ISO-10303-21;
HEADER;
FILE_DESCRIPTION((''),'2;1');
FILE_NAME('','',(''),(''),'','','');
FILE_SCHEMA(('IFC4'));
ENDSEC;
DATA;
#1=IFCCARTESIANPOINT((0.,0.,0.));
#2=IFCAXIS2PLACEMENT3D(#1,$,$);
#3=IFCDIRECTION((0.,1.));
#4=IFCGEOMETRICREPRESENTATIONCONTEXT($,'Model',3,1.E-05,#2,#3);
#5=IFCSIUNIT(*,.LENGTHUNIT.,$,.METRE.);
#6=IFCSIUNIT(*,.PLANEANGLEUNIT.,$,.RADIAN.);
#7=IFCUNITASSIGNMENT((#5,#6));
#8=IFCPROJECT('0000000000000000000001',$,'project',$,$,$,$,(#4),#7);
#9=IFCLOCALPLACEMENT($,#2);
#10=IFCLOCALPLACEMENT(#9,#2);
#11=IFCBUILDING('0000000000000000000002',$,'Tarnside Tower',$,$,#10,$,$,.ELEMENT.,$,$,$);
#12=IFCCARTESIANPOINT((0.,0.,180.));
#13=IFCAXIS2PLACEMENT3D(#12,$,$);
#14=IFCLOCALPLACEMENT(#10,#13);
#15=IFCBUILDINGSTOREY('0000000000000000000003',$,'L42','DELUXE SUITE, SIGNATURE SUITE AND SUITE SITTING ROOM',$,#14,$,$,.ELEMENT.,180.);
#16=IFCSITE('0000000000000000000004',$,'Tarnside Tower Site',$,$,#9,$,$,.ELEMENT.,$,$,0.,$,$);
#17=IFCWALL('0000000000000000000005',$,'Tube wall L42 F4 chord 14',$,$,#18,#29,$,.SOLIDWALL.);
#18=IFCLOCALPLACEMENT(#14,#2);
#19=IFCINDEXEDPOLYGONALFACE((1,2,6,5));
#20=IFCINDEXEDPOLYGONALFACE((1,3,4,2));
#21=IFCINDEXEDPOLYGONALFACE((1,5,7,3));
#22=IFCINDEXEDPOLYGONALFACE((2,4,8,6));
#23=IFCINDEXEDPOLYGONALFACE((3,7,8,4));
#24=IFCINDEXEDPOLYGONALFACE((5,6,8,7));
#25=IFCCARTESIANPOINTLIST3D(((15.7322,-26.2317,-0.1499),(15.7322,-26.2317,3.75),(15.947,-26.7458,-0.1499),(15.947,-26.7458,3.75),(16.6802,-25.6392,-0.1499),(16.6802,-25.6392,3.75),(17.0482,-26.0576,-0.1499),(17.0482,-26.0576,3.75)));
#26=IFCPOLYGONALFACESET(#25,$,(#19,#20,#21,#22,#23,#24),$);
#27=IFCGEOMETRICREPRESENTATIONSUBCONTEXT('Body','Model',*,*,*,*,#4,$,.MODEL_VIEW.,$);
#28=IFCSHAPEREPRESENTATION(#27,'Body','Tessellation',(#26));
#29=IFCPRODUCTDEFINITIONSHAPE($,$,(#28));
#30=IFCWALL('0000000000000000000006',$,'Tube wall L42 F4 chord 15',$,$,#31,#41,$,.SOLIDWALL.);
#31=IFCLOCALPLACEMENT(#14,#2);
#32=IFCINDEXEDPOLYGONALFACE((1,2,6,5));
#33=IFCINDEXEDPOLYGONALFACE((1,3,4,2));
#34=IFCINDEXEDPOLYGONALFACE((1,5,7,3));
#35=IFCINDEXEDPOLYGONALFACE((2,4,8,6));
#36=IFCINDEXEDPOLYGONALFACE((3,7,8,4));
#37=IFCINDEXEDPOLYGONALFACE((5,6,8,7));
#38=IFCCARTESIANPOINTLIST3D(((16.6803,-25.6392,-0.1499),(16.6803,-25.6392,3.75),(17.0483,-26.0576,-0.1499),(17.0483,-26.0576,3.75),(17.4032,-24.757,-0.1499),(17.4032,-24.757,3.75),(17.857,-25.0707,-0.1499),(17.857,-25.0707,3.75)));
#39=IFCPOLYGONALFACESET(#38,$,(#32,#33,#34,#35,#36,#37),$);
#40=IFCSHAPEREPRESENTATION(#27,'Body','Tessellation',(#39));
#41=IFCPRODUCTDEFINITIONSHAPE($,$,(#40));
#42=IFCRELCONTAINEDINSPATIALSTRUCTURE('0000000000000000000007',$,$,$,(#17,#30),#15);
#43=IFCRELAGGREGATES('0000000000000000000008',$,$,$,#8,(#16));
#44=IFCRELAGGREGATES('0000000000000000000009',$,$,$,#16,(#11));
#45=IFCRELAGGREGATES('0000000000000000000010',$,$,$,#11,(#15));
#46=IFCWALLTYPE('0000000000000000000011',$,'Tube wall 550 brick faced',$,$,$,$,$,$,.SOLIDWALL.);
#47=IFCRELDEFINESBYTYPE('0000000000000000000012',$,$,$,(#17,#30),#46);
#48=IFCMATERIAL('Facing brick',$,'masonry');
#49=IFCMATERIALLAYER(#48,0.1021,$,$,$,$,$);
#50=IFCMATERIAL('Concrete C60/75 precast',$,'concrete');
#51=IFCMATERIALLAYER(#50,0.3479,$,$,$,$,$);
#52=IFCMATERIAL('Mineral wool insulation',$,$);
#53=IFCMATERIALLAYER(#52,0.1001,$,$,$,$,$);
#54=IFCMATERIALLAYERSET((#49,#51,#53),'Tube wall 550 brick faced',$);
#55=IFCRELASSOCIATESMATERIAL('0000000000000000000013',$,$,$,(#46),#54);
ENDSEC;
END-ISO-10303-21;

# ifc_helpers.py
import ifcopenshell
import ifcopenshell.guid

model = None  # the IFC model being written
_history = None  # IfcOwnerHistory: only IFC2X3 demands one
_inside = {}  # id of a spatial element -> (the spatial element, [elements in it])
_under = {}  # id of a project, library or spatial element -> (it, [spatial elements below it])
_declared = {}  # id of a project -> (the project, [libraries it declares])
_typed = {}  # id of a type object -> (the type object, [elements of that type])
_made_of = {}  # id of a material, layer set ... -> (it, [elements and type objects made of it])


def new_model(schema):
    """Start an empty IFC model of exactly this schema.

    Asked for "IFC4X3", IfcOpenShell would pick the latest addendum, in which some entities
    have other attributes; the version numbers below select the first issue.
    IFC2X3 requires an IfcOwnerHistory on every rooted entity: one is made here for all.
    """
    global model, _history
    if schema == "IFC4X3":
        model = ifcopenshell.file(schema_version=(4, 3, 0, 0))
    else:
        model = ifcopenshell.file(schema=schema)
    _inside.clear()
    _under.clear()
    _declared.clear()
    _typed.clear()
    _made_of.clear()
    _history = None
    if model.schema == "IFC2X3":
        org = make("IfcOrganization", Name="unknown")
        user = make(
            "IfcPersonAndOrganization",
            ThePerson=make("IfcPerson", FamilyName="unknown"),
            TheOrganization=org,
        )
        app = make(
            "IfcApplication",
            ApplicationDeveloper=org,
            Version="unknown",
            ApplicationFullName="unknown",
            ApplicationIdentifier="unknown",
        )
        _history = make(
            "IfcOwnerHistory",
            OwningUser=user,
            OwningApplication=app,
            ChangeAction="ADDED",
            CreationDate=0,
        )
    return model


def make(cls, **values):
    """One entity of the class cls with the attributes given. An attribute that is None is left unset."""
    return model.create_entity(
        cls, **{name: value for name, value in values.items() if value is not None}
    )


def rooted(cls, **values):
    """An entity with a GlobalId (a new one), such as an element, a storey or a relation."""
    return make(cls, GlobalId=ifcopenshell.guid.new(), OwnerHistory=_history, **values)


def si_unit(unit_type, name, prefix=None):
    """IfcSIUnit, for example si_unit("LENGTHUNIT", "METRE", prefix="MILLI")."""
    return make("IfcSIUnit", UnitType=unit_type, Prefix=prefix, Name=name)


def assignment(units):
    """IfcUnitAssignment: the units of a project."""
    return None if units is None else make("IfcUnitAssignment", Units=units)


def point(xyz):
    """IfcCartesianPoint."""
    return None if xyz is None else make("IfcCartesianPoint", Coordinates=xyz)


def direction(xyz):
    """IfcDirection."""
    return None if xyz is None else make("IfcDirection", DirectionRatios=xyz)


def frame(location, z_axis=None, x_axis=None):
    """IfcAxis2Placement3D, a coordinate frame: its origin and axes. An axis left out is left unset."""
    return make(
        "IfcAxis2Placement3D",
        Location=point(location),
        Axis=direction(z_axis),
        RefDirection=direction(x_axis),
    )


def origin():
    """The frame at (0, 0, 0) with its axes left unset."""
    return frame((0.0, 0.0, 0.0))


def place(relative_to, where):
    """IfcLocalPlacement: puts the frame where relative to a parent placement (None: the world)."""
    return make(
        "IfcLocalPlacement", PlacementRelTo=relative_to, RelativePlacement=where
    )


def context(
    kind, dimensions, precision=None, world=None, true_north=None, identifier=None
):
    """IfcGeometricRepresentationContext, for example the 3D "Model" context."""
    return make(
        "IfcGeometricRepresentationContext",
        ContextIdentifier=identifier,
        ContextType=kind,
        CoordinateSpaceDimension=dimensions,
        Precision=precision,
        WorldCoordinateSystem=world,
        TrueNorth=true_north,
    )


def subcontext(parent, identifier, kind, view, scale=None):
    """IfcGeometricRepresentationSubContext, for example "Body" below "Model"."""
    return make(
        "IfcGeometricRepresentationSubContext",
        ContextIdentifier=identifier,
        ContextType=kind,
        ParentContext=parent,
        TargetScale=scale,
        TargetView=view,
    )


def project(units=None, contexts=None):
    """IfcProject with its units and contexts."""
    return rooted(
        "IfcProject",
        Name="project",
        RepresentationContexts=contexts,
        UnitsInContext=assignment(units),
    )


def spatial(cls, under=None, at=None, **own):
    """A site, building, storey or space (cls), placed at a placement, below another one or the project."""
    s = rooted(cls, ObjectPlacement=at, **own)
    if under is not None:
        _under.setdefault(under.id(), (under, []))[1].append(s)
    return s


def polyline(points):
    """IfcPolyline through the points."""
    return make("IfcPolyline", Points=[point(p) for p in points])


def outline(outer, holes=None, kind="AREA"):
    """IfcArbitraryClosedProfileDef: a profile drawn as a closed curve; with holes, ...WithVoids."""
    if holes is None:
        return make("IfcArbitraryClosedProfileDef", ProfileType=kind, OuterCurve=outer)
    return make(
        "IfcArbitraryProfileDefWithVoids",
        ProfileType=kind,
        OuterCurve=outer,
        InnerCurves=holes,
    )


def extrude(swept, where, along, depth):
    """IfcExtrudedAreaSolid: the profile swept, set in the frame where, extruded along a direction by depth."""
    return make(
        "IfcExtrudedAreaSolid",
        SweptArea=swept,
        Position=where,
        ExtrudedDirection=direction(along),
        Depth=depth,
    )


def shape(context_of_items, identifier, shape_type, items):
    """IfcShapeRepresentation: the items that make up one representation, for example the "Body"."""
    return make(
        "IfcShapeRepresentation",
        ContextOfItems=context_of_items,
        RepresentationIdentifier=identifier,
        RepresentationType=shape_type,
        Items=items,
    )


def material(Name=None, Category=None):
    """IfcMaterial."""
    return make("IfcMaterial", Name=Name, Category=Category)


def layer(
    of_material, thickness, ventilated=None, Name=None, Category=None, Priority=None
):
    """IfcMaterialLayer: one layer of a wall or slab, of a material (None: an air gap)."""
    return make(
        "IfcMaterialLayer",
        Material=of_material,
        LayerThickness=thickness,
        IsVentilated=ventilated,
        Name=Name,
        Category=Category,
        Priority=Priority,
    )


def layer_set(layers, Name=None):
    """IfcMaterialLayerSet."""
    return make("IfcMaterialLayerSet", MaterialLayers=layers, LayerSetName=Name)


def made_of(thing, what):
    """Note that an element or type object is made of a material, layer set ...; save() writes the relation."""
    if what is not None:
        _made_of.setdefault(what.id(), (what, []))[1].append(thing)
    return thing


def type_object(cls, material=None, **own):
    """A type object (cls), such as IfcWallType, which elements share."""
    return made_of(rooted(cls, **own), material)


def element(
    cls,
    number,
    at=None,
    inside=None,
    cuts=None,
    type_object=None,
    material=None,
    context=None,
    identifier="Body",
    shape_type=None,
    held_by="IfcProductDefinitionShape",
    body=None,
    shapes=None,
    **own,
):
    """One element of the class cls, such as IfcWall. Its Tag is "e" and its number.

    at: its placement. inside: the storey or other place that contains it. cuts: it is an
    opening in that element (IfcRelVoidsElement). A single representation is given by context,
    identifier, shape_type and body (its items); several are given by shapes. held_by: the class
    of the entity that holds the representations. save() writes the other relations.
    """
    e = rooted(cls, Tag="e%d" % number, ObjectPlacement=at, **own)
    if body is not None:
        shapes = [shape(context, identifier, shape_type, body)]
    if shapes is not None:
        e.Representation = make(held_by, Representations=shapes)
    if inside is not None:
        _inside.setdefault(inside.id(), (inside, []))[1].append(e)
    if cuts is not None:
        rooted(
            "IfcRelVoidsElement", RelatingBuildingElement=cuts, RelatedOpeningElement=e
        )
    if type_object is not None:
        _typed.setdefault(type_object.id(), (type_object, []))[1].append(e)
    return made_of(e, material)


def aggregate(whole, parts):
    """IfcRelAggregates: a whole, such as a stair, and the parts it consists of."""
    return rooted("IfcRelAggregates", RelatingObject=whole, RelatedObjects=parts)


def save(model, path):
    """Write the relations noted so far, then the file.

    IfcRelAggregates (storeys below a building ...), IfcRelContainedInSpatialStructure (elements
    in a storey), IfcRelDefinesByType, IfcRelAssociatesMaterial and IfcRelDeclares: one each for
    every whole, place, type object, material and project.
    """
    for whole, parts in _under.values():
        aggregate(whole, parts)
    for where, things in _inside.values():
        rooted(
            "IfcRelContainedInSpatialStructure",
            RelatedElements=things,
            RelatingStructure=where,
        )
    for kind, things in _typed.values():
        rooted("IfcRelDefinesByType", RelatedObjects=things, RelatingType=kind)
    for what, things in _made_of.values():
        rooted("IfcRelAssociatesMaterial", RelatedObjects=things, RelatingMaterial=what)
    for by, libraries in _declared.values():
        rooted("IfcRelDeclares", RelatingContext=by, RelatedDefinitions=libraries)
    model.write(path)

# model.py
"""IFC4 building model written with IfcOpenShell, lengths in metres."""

from ifc_helpers import new_model, si_unit, direction, frame, origin, place, context, subcontext, project, spatial, polyline, outline, extrude, material, layer, layer_set, type_object, element, save


model = new_model("IFC4")

# Units and contexts
model_context = context("Model", 3, precision=1e-05, world=origin(), true_north=direction((0.0, 1.0)))
body_context = subcontext(model_context, "Body", "Model", "MODEL_VIEW")
ifc_project = project(units=[si_unit("LENGTHUNIT", "METRE"), si_unit("PLANEANGLEUNIT", "RADIAN")], contexts=[model_context])

# Site, building, storey
site_placement = place(None, origin())
site = spatial("IfcSite", under=ifc_project, at=site_placement, Name="Tarnside Tower Site", CompositionType="ELEMENT", RefElevation=0.0)
building_placement = place(site_placement, origin())
building = spatial("IfcBuilding", under=site, at=building_placement, Name="Tarnside Tower", CompositionType="ELEMENT")
storey_placement = place(building_placement, frame((0.0, 0.0, 180.0)))
storey = spatial("IfcBuildingStorey", under=building, at=storey_placement, Name="L42", Description="DELUXE SUITE, SIGNATURE SUITE AND SUITE SITTING ROOM", CompositionType="ELEMENT", Elevation=180.0)

# Walls
ifc_material_1 = material(Name="Facing brick", Category="masonry")
ifc_layer_1 = layer(ifc_material_1, 0.1021)
ifc_material_2 = material(Name="Concrete C60/75 precast", Category="concrete")
ifc_layer_2 = layer(ifc_material_2, 0.3479)
ifc_material_3 = material(Name="Mineral wool insulation")
ifc_layer_3 = layer(ifc_material_3, 0.1001)
ifc_layer_set_1 = layer_set([ifc_layer_1, ifc_layer_2, ifc_layer_3], Name="Tube wall 550 brick faced")
wall_type_1 = type_object("IfcWallType", Name="Tube wall 550 brick faced", PredefinedType="SOLIDWALL", material=ifc_layer_set_1)
wall_1_placement = place(storey_placement, frame((15.8396, -26.4888, -0.1499), z_axis=(0.0, 0.0, 1.0), x_axis=(0.84801, 0.529981, 0.0)))
element("IfcWall", 1, at=wall_1_placement, inside=storey, type_object=wall_type_1, Name="Tube wall L42 F4 chord 14", PredefinedType="SOLIDWALL", context=body_context, shape_type="SweptSolid", body=[
    extrude(outline(polyline([(-0.0452, -0.2749), (1.2534, -0.2749), (1.1631, 0.2749), (0.0452, 0.2749), (-0.0452, -0.2749)])), origin(), (0.0, 0.0, 1.0), 3.8999),
])
wall_2_placement = place(storey_placement, frame((16.8643, -25.8484, -0.1499), z_axis=(0.0, 0.0, 1.0), x_axis=(0.633843, 0.773462, 0.0)))
element("IfcWall", 2, at=wall_2_placement, inside=storey, type_object=wall_type_1, Name="Tube wall L42 F4 chord 15", PredefinedType="SOLIDWALL", context=body_context, shape_type="SweptSolid", body=[
    extrude(outline(polyline([(-0.0452, -0.2749), (1.2307, -0.2749), (1.1858, 0.2749), (0.0452, 0.2749), (-0.0452, -0.2749)])), origin(), (0.0, 0.0, 1.0), 3.8999),
])

save(model, "model.ifc")
